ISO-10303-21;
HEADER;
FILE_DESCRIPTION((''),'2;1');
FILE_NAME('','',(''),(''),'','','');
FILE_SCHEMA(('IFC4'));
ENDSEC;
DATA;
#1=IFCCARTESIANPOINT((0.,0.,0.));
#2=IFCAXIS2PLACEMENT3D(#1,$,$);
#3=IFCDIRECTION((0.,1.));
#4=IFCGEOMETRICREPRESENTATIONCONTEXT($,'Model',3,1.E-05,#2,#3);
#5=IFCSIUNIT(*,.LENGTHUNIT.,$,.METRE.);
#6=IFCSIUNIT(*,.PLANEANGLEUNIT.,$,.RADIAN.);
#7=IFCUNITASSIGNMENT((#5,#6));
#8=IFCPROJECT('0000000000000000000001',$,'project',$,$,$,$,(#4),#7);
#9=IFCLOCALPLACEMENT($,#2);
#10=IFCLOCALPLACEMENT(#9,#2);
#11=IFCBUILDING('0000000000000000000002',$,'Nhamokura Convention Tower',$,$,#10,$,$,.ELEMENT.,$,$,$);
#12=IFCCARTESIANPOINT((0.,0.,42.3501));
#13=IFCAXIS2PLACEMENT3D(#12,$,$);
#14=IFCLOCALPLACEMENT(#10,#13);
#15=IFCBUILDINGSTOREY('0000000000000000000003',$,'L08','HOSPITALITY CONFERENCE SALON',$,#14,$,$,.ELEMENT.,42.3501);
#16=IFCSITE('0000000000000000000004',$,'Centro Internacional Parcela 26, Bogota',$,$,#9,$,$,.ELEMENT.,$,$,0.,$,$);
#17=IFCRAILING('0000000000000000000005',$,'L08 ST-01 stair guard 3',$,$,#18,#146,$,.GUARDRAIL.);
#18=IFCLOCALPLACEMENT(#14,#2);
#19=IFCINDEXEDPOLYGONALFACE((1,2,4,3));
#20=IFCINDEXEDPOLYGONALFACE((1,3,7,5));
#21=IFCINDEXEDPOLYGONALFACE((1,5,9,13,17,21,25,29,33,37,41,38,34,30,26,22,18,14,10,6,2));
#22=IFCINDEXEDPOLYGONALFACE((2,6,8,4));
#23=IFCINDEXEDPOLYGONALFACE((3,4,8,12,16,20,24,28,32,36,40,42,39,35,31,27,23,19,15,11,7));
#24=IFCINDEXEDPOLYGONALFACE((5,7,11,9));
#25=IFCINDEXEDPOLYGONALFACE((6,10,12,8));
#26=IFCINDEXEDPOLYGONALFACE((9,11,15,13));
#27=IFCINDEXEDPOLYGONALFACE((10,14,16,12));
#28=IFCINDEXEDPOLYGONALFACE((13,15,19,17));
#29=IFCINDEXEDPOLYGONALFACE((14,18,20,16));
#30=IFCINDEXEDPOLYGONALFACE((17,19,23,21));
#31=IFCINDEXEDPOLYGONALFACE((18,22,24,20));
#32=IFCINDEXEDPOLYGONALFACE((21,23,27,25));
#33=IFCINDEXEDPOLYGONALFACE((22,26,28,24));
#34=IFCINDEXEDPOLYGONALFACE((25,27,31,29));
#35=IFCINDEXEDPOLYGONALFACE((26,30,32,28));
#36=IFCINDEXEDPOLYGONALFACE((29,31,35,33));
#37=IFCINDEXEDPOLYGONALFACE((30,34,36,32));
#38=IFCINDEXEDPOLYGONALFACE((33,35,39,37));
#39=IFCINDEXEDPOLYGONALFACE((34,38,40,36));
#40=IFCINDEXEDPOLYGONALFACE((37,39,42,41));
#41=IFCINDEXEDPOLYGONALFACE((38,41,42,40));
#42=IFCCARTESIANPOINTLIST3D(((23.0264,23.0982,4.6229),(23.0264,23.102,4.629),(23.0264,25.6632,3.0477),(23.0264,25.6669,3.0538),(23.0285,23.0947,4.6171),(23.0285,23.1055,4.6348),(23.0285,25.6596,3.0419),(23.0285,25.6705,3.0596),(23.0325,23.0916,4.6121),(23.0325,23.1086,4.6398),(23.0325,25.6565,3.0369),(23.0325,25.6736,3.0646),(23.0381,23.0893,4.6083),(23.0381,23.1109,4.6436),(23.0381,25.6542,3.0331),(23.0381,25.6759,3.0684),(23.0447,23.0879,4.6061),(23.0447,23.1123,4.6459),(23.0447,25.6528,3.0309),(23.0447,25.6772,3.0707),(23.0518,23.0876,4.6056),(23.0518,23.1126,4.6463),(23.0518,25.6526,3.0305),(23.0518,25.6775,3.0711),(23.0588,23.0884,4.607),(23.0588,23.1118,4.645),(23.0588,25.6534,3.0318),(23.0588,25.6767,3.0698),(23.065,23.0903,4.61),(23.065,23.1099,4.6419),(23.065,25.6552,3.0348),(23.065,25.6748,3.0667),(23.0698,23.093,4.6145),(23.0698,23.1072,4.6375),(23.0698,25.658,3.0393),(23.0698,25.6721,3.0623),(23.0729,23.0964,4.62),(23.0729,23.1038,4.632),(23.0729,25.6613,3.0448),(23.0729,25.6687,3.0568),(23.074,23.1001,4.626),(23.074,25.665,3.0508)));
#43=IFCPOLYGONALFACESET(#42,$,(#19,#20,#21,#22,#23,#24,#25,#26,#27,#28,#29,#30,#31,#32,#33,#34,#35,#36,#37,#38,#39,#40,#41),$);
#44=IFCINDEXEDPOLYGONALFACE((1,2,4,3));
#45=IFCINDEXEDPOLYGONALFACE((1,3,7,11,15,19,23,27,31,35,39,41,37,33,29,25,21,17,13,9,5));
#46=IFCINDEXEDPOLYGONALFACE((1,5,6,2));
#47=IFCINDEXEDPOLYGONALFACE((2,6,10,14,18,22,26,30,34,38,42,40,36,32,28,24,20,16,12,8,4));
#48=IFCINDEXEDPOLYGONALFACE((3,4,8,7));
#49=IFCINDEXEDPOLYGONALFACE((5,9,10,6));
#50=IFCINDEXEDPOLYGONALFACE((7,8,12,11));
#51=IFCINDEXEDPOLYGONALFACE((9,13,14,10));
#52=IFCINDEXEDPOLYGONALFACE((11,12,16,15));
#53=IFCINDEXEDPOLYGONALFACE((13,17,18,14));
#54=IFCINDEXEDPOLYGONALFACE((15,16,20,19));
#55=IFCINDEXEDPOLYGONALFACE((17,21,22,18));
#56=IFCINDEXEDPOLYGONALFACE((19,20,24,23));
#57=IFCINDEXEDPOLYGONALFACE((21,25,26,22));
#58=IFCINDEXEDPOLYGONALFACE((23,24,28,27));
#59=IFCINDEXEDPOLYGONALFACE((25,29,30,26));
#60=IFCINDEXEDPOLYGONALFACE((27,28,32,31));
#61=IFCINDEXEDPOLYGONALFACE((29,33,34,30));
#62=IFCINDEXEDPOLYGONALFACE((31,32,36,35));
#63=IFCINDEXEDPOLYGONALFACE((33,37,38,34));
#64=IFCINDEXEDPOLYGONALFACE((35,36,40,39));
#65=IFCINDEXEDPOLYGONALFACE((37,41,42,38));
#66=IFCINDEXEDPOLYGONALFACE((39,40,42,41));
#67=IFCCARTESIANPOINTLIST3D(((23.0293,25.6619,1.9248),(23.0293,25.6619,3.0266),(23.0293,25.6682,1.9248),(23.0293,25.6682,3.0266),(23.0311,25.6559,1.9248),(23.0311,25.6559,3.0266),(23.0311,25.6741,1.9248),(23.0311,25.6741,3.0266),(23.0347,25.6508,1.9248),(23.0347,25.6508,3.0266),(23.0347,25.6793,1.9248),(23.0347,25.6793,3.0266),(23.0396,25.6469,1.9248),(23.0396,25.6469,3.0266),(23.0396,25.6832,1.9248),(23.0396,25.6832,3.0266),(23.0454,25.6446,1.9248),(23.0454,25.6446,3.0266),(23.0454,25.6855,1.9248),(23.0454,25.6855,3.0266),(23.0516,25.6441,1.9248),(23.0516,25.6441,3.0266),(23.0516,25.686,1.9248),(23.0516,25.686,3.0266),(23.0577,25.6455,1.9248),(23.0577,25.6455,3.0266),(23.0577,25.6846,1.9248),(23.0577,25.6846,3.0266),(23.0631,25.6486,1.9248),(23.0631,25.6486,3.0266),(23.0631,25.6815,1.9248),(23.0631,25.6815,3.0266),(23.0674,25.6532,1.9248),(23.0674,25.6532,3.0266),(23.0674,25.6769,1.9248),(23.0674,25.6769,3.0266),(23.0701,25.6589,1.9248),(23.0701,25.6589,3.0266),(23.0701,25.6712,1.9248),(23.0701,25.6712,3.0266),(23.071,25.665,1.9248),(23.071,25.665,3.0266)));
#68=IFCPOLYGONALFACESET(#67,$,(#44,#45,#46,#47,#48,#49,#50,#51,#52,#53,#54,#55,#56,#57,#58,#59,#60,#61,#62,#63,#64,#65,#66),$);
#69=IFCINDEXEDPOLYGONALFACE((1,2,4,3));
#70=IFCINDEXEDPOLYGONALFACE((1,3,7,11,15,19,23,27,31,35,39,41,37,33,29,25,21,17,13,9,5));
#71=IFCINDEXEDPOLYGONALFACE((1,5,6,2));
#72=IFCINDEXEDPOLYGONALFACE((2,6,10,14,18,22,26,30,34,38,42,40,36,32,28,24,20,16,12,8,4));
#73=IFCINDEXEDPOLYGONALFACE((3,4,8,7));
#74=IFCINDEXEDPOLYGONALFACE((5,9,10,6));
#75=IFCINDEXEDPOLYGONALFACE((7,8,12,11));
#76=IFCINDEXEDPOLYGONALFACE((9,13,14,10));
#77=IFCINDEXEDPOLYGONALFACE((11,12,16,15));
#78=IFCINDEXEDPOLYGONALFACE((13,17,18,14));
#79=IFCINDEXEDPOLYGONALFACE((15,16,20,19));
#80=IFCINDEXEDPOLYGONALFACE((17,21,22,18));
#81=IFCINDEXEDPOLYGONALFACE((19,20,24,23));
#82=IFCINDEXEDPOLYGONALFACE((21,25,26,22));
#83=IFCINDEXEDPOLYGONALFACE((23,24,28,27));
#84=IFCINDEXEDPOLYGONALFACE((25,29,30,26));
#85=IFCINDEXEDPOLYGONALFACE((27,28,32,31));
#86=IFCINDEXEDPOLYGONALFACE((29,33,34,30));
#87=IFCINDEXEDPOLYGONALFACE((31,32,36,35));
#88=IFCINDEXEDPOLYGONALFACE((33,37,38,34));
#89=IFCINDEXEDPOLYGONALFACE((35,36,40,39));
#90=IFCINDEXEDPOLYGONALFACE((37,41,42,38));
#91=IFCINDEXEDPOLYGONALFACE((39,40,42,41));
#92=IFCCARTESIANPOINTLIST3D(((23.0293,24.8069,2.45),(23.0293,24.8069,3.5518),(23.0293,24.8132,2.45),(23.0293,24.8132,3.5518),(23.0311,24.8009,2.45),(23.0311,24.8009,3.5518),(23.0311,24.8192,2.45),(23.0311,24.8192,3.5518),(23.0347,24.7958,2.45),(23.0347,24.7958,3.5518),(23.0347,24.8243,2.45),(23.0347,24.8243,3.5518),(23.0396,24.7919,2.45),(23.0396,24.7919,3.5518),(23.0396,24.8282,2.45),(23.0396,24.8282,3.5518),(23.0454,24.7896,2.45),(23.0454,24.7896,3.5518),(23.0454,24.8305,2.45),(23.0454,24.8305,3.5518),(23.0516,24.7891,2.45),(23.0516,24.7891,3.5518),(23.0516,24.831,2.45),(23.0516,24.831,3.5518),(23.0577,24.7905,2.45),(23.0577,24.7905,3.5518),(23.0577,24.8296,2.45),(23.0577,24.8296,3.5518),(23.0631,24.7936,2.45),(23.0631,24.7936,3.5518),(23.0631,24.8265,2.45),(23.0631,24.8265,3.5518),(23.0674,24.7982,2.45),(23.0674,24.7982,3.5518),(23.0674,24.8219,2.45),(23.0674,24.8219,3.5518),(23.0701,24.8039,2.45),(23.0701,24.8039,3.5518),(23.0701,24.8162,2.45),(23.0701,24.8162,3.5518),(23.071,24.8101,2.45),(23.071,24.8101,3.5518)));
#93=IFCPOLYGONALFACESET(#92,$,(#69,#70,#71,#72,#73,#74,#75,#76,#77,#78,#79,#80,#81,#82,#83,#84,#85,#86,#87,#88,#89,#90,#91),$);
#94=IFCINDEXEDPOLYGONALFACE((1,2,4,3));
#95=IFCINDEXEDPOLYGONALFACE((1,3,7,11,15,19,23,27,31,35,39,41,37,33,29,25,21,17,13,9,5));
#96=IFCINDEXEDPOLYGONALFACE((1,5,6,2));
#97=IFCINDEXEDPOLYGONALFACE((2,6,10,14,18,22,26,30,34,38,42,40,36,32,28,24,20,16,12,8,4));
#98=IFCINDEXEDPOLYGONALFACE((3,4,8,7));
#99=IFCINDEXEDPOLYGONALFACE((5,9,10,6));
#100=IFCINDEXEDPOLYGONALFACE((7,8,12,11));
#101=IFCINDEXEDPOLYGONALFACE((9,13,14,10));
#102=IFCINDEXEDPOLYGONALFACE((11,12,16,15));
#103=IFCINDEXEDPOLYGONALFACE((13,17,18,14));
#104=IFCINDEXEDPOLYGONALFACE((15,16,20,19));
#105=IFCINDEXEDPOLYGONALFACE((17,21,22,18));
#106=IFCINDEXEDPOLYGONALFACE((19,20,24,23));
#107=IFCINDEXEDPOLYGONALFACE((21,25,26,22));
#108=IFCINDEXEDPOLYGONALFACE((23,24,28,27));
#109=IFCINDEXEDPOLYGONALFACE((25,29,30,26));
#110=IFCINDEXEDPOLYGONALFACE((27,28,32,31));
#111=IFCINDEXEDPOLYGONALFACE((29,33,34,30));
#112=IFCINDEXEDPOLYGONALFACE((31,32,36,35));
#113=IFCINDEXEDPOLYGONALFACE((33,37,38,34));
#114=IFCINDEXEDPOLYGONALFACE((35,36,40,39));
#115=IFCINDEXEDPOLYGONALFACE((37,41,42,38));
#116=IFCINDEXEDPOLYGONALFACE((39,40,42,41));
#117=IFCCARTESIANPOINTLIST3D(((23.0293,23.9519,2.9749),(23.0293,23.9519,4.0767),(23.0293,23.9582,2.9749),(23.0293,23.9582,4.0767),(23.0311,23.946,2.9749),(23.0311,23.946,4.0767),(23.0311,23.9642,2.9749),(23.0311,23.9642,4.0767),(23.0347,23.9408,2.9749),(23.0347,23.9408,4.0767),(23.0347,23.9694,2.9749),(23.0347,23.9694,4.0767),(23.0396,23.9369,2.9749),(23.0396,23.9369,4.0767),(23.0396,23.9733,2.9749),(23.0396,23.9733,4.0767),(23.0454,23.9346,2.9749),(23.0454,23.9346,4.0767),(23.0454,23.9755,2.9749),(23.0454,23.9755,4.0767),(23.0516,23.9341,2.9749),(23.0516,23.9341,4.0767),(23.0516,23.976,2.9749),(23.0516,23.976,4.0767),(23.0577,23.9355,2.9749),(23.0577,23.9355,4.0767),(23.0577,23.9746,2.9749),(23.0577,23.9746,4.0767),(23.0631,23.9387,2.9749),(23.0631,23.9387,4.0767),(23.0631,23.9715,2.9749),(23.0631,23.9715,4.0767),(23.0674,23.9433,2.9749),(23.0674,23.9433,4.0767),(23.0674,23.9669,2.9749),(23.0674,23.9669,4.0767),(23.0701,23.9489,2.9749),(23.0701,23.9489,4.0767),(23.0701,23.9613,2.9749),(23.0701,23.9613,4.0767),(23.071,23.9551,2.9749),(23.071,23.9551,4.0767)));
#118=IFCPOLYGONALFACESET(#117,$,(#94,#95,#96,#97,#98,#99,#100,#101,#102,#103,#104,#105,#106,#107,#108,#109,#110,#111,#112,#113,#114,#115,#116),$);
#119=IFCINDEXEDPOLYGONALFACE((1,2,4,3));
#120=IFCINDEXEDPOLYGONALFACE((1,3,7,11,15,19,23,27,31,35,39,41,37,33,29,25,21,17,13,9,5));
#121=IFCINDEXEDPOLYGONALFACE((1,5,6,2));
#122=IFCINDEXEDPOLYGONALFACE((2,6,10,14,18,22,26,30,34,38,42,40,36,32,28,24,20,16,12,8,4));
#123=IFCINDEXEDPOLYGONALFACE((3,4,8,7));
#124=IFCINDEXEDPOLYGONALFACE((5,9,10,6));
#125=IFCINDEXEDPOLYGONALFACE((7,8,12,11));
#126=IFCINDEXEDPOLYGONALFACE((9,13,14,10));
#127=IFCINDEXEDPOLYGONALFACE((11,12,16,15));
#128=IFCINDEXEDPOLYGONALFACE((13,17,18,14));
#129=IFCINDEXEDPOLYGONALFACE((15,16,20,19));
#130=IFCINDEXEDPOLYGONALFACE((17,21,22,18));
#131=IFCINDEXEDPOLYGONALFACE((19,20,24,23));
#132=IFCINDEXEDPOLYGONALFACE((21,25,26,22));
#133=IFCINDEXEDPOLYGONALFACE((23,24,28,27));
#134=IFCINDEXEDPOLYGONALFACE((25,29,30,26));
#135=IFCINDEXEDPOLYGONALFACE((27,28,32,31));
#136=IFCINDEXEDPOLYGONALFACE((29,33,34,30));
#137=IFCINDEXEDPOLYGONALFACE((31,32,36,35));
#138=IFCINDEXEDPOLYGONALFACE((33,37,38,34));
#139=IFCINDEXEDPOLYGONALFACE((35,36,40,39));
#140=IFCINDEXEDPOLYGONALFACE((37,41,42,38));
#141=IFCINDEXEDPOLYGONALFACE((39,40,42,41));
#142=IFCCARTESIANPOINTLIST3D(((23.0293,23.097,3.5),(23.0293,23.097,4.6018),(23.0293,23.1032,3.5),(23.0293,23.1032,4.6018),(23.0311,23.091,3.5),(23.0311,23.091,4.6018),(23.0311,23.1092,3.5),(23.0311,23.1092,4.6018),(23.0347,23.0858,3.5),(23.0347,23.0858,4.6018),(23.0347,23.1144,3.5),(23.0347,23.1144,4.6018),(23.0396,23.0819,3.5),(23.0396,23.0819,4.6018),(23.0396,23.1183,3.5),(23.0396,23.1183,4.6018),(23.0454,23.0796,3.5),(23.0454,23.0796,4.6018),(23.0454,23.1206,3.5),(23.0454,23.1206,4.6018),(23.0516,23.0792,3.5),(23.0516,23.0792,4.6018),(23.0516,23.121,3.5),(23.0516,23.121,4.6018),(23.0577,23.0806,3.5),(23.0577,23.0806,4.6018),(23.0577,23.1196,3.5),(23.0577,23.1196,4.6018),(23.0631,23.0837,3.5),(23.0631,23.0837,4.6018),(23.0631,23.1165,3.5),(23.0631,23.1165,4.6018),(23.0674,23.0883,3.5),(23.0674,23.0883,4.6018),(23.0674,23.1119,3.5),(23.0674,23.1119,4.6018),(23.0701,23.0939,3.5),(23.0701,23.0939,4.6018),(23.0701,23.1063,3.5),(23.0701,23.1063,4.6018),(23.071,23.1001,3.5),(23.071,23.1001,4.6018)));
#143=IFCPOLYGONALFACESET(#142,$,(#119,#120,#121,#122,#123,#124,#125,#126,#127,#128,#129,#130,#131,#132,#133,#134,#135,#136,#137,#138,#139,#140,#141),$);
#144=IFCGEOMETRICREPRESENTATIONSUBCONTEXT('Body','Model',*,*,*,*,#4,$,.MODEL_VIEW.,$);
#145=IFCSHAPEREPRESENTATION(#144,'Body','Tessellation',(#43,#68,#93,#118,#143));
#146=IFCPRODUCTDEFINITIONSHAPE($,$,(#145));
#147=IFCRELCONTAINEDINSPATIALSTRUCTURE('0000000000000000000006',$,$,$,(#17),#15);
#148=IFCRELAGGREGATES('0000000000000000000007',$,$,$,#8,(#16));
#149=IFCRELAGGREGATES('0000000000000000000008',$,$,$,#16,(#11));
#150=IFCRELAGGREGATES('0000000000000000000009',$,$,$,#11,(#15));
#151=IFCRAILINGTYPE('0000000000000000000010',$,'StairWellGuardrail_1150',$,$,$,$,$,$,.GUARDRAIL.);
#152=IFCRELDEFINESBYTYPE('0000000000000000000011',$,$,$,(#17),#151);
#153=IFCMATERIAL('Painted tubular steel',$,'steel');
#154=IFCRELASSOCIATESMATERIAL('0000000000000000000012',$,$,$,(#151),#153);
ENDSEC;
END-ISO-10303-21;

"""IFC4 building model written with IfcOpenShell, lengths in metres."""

from ifc_helpers import new_model, si_unit, direction, frame, origin, origin_2d, place, context, subcontext, project, spatial, circle, extrude, material, type_object, element, save


model = new_model("IFC4")

# Units and contexts
model_context = context("Model", 3, precision=1e-05, world=origin(), true_north=direction((0.0, 1.0)))
body_context = subcontext(model_context, "Body", "Model", "MODEL_VIEW")
ifc_project = project(units=[si_unit("LENGTHUNIT", "METRE"), si_unit("PLANEANGLEUNIT", "RADIAN")], contexts=[model_context])

# Site, building, storey
site_placement = place(None, origin())
site = spatial("IfcSite", under=ifc_project, at=site_placement, Name="Centro Internacional Parcela 26, Bogota", CompositionType="ELEMENT", RefElevation=0.0)
building_placement = place(site_placement, origin())
building = spatial("IfcBuilding", under=site, at=building_placement, Name="Nhamokura Convention Tower", CompositionType="ELEMENT")
storey_placement = place(building_placement, frame((0.0, 0.0, 42.3501)))
storey = spatial("IfcBuildingStorey", under=building, at=storey_placement, Name="L08", Description="HOSPITALITY CONFERENCE SALON", CompositionType="ELEMENT", Elevation=42.3501)

# Railing
ifc_material_1 = material(Name="Painted tubular steel", Category="steel")
railing_type_1 = type_object("IfcRailingType", Name="StairWellGuardrail_1150", PredefinedType="GUARDRAIL", material=ifc_material_1)
railing_1_placement = place(storey_placement, frame((23.05, 25.665, 1.9248)))
element("IfcRailing", 1, at=railing_1_placement, inside=storey, type_object=railing_type_1, Name="L08 ST-01 stair guard 3", PredefinedType="GUARDRAIL", context=body_context, shape_type="SweptSolid", body=[
    extrude(circle(Radius=0.0239, at=origin_2d()), frame((0.0, 0.0, 1.126), z_axis=(0.0, -0.852137, 0.523319), x_axis=(1.0, 0.0, 0.0)), (0.0, 0.0, 1.0), 3.01),
    extrude(circle(Radius=0.021, at=origin_2d()), origin(), (0.0, 0.0, 1.0), 1.1018),
    extrude(circle(Radius=0.021, at=origin_2d()), frame((0.0, -0.855, 0.5251)), (0.0, 0.0, 1.0), 1.1018),
    extrude(circle(Radius=0.021, at=origin_2d()), frame((0.0, -1.71, 1.05)), (0.0, 0.0, 1.0), 1.1018),
    extrude(circle(Radius=0.021, at=origin_2d()), frame((0.0, -2.5649, 1.5752)), (0.0, 0.0, 1.0), 1.1018),
])

save(model, "model.ifc")
